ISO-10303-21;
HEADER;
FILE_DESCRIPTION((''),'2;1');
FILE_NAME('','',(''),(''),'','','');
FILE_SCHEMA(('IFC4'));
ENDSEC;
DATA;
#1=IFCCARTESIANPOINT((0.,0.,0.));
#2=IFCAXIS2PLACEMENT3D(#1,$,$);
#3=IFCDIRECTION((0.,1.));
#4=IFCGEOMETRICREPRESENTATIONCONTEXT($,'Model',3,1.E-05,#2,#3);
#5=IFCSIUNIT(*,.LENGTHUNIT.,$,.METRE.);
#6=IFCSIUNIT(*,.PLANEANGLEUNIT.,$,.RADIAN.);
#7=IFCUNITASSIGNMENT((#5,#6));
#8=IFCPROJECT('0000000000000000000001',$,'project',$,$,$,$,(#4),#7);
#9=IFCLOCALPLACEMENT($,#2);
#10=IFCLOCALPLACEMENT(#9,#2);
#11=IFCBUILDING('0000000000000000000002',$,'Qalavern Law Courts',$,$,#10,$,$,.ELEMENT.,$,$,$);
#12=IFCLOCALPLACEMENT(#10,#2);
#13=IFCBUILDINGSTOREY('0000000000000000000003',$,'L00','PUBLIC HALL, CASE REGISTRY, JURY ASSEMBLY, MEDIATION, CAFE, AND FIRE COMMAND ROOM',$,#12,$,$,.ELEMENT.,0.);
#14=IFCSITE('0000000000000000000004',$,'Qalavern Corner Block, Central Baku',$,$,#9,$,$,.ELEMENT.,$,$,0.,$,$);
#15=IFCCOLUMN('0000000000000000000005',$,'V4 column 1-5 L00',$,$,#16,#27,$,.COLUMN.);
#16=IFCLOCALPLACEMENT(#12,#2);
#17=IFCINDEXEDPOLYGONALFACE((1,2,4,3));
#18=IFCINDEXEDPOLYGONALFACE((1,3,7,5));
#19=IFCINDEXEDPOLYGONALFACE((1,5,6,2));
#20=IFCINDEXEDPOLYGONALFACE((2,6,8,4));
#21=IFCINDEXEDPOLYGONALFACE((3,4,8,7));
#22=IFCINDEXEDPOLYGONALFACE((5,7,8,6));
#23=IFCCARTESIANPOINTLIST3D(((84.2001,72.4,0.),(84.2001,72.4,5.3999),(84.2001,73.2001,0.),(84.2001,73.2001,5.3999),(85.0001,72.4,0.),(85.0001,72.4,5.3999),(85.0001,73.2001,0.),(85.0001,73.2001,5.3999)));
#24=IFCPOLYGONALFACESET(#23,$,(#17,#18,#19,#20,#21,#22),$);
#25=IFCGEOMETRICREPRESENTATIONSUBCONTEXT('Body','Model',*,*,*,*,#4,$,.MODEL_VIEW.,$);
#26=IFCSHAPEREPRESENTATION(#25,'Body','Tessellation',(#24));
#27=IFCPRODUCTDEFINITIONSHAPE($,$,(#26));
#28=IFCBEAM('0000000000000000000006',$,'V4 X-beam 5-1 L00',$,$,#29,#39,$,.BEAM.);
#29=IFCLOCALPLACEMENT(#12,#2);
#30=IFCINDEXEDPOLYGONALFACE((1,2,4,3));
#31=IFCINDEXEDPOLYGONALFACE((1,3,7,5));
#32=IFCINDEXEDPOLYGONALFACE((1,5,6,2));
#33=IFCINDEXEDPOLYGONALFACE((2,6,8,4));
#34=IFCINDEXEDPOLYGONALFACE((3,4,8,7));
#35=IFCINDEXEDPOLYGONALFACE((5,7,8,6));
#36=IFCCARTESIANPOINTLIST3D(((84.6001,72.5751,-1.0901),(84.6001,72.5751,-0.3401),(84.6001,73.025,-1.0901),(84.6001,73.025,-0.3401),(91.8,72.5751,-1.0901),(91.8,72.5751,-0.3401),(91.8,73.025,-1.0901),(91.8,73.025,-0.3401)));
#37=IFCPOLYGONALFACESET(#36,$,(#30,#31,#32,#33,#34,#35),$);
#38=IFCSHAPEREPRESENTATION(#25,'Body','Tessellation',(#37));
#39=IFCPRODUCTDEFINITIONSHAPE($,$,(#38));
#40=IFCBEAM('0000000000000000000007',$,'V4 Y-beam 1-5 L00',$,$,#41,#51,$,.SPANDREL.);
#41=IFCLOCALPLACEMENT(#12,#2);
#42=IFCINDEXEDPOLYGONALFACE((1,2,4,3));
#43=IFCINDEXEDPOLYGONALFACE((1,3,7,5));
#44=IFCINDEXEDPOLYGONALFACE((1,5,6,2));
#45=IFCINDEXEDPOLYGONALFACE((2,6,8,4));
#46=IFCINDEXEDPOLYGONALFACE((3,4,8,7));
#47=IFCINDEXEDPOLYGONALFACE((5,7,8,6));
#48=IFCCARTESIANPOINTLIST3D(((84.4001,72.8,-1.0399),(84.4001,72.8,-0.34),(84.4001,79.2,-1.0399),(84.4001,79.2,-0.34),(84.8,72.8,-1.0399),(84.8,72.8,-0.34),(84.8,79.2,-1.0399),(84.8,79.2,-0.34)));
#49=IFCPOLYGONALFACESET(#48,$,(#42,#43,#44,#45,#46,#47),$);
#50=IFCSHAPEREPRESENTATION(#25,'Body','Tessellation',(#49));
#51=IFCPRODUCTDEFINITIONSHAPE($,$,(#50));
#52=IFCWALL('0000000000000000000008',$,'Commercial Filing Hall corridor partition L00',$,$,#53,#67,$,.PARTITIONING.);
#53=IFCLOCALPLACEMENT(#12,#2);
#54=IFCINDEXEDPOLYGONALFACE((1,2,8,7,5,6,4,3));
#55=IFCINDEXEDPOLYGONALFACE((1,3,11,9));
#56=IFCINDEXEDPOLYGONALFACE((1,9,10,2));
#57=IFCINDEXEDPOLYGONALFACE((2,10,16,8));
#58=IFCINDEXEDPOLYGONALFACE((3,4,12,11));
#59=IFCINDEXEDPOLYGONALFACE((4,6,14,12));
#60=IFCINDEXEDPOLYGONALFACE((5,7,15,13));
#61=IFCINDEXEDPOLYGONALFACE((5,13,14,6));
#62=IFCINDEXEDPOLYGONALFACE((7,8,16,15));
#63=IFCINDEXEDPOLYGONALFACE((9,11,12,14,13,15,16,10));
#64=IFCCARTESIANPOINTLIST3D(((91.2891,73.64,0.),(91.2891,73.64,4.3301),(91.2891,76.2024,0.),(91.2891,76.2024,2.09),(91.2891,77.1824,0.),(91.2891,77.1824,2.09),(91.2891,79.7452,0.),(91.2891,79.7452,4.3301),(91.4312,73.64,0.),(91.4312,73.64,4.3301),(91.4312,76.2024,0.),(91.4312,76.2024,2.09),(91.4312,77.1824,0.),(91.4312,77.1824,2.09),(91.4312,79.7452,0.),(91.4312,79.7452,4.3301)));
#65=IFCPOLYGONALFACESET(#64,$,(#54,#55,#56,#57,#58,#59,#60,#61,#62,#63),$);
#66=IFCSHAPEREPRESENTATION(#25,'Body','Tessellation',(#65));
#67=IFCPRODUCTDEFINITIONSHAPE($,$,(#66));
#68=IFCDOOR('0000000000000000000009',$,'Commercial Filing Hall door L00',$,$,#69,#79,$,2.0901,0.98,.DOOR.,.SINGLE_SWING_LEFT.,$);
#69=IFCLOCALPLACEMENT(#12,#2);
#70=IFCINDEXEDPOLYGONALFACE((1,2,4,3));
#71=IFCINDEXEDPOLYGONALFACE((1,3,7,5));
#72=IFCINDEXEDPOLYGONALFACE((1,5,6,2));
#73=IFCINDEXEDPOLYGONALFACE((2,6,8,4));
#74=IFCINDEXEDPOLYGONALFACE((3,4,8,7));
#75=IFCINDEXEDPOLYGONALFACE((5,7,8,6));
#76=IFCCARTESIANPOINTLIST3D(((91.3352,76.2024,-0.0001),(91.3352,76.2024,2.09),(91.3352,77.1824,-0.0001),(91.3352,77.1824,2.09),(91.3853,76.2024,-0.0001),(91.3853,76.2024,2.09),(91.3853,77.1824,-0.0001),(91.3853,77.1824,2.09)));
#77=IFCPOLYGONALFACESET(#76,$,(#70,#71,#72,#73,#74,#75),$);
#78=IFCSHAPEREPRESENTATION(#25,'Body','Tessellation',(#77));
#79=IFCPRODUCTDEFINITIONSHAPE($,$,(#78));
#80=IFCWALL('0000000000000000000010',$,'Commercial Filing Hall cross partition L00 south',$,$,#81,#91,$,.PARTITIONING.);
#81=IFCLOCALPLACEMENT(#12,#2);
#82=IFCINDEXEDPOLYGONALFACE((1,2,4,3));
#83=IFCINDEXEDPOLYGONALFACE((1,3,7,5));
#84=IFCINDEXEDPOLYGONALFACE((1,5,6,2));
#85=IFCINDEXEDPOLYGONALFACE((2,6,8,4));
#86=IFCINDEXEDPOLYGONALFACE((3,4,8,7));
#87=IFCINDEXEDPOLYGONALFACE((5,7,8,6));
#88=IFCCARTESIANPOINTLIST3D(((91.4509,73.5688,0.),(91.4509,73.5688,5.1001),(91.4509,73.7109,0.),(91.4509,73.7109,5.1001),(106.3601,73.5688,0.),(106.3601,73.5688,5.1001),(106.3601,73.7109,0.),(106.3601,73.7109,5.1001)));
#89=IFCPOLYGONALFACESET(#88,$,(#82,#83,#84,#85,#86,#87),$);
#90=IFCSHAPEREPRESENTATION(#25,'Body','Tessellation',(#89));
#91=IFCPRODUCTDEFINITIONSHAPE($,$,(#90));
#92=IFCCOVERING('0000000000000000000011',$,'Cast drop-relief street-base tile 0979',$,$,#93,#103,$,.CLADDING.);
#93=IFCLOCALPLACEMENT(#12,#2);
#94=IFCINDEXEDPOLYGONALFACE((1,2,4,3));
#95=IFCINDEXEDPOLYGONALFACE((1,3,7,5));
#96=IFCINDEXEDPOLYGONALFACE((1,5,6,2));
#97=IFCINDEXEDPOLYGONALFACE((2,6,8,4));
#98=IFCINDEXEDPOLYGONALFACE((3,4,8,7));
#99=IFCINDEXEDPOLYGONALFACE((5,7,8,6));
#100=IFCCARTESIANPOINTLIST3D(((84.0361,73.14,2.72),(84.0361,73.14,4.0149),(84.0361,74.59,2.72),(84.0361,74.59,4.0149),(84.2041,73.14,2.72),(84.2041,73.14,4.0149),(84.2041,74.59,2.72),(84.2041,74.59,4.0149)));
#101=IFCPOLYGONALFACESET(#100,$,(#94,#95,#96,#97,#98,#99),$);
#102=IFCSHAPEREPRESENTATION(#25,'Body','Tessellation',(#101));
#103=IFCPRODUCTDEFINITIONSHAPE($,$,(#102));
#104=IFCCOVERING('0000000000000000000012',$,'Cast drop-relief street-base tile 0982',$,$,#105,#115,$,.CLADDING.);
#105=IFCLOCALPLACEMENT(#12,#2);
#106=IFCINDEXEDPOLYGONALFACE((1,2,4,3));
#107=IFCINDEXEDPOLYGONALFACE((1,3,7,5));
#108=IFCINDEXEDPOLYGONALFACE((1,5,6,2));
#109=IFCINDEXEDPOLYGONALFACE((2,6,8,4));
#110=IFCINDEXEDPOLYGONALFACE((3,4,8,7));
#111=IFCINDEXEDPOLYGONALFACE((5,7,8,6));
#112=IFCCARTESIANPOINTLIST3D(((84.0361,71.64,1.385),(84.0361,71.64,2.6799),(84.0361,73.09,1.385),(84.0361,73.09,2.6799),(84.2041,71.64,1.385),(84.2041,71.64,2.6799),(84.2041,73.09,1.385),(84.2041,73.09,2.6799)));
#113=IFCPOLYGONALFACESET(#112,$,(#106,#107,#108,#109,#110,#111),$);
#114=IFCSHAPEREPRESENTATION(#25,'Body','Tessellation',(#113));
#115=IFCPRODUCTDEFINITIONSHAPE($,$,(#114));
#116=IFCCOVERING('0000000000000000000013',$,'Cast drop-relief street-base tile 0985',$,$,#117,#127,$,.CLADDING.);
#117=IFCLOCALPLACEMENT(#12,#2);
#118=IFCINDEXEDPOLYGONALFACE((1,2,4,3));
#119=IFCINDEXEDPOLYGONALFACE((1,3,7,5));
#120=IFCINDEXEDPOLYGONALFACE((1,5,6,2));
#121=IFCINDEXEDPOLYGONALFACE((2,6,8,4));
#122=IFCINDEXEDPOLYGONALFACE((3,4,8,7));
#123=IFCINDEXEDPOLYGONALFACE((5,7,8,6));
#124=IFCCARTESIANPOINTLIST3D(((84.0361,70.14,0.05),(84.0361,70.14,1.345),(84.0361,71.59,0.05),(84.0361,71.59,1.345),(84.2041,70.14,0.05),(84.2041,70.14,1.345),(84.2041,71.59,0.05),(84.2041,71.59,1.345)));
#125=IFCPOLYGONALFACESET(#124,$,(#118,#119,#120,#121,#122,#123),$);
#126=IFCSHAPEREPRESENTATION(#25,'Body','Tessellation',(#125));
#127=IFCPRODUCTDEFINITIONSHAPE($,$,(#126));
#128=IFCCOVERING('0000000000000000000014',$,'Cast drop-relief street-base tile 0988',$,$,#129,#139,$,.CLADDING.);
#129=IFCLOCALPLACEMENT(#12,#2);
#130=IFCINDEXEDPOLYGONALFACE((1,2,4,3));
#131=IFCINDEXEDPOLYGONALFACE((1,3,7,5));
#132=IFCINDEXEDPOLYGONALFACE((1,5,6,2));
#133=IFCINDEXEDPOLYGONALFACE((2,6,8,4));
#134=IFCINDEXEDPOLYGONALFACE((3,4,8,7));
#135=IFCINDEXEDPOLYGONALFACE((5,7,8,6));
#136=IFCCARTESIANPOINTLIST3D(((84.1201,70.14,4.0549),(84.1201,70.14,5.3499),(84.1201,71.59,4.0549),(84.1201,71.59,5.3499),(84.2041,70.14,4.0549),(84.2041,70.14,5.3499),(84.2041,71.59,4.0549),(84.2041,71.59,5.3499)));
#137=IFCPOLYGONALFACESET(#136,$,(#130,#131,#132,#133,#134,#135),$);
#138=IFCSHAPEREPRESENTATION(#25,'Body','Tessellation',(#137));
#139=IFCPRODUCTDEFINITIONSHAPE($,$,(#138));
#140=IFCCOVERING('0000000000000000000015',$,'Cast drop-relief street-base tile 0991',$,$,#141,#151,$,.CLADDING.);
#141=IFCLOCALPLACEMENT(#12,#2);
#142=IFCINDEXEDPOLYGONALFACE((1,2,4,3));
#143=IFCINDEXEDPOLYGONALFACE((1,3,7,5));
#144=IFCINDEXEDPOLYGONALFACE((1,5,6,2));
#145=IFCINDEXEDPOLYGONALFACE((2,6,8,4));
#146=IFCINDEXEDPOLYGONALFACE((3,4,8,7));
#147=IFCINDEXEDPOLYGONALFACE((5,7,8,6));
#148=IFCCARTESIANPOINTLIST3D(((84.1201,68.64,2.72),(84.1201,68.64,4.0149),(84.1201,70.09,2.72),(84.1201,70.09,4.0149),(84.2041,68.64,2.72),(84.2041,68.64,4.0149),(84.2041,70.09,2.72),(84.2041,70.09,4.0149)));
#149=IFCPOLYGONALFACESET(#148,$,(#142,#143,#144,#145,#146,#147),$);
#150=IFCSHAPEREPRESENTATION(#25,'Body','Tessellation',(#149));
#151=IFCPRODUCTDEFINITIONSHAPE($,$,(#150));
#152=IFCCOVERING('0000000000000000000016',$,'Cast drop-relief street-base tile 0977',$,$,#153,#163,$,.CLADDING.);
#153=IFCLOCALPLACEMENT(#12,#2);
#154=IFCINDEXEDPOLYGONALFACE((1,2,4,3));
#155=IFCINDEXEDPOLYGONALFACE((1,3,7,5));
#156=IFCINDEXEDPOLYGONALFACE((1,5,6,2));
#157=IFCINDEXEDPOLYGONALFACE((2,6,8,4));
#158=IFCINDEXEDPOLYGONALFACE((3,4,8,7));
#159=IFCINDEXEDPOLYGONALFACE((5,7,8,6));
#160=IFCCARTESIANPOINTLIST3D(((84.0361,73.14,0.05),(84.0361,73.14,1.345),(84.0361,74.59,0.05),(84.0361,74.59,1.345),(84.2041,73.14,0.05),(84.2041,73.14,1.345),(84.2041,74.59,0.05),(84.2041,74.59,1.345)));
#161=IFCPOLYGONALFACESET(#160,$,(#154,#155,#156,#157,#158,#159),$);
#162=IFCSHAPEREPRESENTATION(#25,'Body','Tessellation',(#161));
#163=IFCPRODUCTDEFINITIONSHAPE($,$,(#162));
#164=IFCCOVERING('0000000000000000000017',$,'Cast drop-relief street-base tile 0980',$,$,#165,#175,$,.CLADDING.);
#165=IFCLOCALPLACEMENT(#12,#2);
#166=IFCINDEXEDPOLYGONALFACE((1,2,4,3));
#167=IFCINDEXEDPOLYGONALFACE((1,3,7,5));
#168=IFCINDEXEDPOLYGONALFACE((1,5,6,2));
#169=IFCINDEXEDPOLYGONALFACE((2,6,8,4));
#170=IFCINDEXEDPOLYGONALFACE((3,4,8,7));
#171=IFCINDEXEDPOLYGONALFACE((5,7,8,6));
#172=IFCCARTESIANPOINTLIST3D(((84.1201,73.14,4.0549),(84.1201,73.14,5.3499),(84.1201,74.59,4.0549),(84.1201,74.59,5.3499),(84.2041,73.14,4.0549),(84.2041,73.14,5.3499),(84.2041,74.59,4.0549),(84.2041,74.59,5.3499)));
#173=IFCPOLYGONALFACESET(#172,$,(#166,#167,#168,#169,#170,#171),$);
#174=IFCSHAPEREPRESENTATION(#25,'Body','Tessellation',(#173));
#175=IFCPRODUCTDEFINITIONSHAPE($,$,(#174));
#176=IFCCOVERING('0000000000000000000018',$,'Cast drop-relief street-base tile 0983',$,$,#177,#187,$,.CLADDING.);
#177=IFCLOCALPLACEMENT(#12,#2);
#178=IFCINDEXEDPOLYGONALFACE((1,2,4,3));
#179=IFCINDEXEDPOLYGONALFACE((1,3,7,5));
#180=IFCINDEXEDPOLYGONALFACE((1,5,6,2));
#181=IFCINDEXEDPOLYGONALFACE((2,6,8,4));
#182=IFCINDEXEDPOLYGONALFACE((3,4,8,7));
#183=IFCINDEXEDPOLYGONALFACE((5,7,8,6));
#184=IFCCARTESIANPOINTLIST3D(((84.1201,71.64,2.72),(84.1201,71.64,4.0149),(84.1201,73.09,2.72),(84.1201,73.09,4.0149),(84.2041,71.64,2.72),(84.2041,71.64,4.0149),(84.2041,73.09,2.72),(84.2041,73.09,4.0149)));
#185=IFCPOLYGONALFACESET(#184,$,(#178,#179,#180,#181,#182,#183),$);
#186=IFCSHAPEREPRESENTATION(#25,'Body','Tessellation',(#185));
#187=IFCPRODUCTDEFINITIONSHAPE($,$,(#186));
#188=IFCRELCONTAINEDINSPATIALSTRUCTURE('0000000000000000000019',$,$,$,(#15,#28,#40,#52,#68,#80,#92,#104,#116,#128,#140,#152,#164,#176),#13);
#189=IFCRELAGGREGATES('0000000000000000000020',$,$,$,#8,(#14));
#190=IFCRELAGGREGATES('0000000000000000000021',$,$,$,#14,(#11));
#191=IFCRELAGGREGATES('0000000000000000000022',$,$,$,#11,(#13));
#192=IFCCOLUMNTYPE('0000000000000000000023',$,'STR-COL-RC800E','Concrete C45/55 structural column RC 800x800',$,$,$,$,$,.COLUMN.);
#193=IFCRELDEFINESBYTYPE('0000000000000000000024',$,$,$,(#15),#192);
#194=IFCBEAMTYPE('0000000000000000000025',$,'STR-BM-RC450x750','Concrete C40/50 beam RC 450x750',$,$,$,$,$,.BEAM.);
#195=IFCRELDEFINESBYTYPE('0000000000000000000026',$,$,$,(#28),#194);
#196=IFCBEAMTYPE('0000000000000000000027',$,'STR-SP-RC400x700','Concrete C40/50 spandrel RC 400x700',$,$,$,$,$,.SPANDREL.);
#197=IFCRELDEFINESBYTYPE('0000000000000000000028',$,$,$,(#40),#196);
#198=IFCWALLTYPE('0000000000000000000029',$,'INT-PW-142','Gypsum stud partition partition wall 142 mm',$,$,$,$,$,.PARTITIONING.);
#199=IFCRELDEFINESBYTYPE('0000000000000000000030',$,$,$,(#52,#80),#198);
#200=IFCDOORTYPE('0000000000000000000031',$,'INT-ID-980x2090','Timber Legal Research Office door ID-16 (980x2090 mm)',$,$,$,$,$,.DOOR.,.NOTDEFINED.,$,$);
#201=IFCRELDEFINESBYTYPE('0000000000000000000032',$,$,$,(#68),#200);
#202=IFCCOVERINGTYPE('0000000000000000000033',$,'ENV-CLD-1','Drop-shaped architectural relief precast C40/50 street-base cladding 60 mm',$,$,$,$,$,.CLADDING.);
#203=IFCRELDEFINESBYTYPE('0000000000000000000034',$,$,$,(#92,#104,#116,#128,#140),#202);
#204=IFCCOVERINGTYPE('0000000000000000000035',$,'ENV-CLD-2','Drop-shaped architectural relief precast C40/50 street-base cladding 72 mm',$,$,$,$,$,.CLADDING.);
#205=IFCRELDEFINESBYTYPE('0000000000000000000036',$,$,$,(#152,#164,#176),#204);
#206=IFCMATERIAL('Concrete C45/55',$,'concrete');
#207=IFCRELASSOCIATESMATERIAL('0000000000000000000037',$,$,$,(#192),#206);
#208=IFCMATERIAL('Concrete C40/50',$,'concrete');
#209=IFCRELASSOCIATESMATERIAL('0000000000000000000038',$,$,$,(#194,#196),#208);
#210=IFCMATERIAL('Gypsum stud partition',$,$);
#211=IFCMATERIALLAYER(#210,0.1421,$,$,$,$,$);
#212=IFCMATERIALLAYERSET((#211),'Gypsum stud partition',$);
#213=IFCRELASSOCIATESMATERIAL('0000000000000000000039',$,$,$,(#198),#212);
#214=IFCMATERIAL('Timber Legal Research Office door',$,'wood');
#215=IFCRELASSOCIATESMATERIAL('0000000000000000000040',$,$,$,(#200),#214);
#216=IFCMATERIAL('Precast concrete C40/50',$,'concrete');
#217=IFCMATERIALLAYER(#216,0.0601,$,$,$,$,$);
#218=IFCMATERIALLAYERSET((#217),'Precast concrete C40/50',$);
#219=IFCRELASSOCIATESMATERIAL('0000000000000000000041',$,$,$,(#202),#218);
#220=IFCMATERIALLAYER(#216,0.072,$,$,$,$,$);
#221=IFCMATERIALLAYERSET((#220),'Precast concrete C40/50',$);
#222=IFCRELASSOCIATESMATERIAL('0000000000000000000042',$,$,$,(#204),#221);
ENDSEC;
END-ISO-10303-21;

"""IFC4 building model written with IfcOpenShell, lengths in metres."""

from ifc_helpers import new_model, si_unit, direction, frame, frame_2d, origin, origin_2d, place, context, subcontext, project, spatial, rectangle, extrude, material, layer, layer_set, material_profile, profile_set, type_object, element, fill, save


model = new_model("IFC4")

# Units and contexts
model_context = context("Model", 3, precision=1e-05, world=origin(), true_north=direction((0.0, 1.0)))
body_context = subcontext(model_context, "Body", "Model", "MODEL_VIEW")
ifc_project = project(units=[si_unit("LENGTHUNIT", "METRE"), si_unit("PLANEANGLEUNIT", "RADIAN")], contexts=[model_context])

# Site, building, storey
site_placement = place(None, origin())
site = spatial("IfcSite", under=ifc_project, at=site_placement, Name="Qalavern Corner Block, Central Baku", CompositionType="ELEMENT", RefElevation=0.0)
building_placement = place(site_placement, origin())
building = spatial("IfcBuilding", under=site, at=building_placement, Name="Qalavern Law Courts", CompositionType="ELEMENT")
storey_placement = place(building_placement, origin())
storey = spatial("IfcBuildingStorey", under=building, at=storey_placement, Name="L00", Description="PUBLIC HALL, CASE REGISTRY, JURY ASSEMBLY, MEDIATION, CAFE, AND FIRE COMMAND ROOM", CompositionType="ELEMENT", Elevation=0.0)

# Column
ifc_material_1 = material(Name="Concrete C45/55", Category="concrete")
ifc_material_profile_1 = material_profile(ifc_material_1, rectangle(XDim=0.8, YDim=0.8, at=origin_2d()), Name="RC 800x800")
ifc_profile_set_1 = profile_set([ifc_material_profile_1], Name="Concrete C45/55")
column_type = type_object("IfcColumnType", Name="STR-COL-RC800E", Description="Concrete C45/55 structural column RC 800x800", PredefinedType="COLUMN", material=ifc_profile_set_1)
column_placement = place(storey_placement, frame((84.6001, 72.8, 0.0), z_axis=(0.0, 0.0, 1.0), x_axis=(1.0, 0.0, 0.0)))
element("IfcColumn", 1, at=column_placement, inside=storey, type_object=column_type, Name="V4 column 1-5 L00", PredefinedType="COLUMN", context=body_context, shape_type="SweptSolid", body=[
    extrude(rectangle(XDim=0.8, YDim=0.8, at=origin_2d()), origin(), (0.0, 0.0, 1.0), 5.3999),
])

# Beams
ifc_material_2 = material(Name="Concrete C40/50", Category="concrete")
ifc_material_profile_2 = material_profile(ifc_material_2, rectangle(XDim=0.45, YDim=0.75, at=origin_2d()), Name="RC 450x750")
ifc_profile_set_2 = profile_set([ifc_material_profile_2], Name="Concrete C40/50")
beam_type_1 = type_object("IfcBeamType", Name="STR-BM-RC450x750", Description="Concrete C40/50 beam RC 450x750", PredefinedType="BEAM", material=ifc_profile_set_2)
beam_1_placement = place(storey_placement, frame((84.6001, 72.8, -0.7151), z_axis=(1.0, 0.0, 0.0), x_axis=(0.0, 1.0, 0.0)))
element("IfcBeam", 2, at=beam_1_placement, inside=storey, type_object=beam_type_1, Name="V4 X-beam 5-1 L00", PredefinedType="BEAM", context=body_context, shape_type="SweptSolid", body=[
    extrude(rectangle(XDim=0.45, YDim=0.75, at=origin_2d()), origin(), (0.0, 0.0, 1.0), 7.2),
])
ifc_material_profile_3 = material_profile(ifc_material_2, rectangle(XDim=0.3999, YDim=0.7, at=origin_2d()), Name="RC 400x700")
ifc_profile_set_3 = profile_set([ifc_material_profile_3], Name="Concrete C40/50")
beam_type_2 = type_object("IfcBeamType", Name="STR-SP-RC400x700", Description="Concrete C40/50 spandrel RC 400x700", PredefinedType="SPANDREL", material=ifc_profile_set_3)
beam_2_placement = place(storey_placement, frame((84.6001, 72.8, -0.6899), z_axis=(0.0, 1.0, 0.0), x_axis=(-1.0, 0.0, 0.0)))
element("IfcBeam", 3, at=beam_2_placement, inside=storey, type_object=beam_type_2, Name="V4 Y-beam 1-5 L00", PredefinedType="SPANDREL", context=body_context, shape_type="SweptSolid", body=[
    extrude(rectangle(XDim=0.3999, YDim=0.7, at=origin_2d()), origin(), (0.0, 0.0, 1.0), 6.3999),
])

# Wall, opening, door
ifc_material_3 = material(Name="Gypsum stud partition")
ifc_layer_1 = layer(ifc_material_3, 0.1421)
ifc_layer_set_1 = layer_set([ifc_layer_1], Name="Gypsum stud partition")
wall_type = type_object("IfcWallType", Name="INT-PW-142", Description="Gypsum stud partition partition wall 142 mm", PredefinedType="PARTITIONING", material=ifc_layer_set_1)
wall_1_placement = place(storey_placement, frame((91.3601, 73.6399, 0.0), z_axis=(0.0, 0.0, 1.0), x_axis=(0.0, 1.0, 0.0)))
wall_1 = element("IfcWall", 4, at=wall_1_placement, inside=storey, type_object=wall_type, Name="Commercial Filing Hall corridor partition L00", PredefinedType="PARTITIONING", context=body_context, shape_type="SweptSolid", body=[
    extrude(rectangle(XDim=6.1052, YDim=0.1421, at=frame_2d((3.0527, 0.0))), origin(), (0.0, 0.0, 1.0), 4.3301),
])
opening_placement = place(wall_1_placement, frame((2.5625, 0.0, 0.0)))
opening = element("IfcOpeningElement", 5, at=opening_placement, cuts=wall_1, PredefinedType="OPENING", context=body_context, shape_type="SweptSolid", body=[
    extrude(rectangle(XDim=0.98, YDim=2.0901, at=frame_2d((0.49, 1.0449))), frame((0.0, 0.0859, 0.0), z_axis=(0.0, -1.0, 0.0), x_axis=(1.0, 0.0, 0.0)), (0.0, 0.0, 1.0), 0.1719),
])
ifc_material_4 = material(Name="Timber Legal Research Office door", Category="wood")
door_type = type_object("IfcDoorType", Name="INT-ID-980x2090", Description="Timber Legal Research Office door ID-16 (980x2090 mm)", OperationType="NOTDEFINED", PredefinedType="DOOR", material=ifc_material_4)
door_placement = place(opening_placement, origin())
door = element("IfcDoor", 6, at=door_placement, inside=storey, type_object=door_type, Name="Commercial Filing Hall door L00", OperationType="SINGLE_SWING_LEFT", OverallHeight=2.0901, OverallWidth=0.98, PredefinedType="DOOR", context=body_context, shape_type="SweptSolid", body=[
    extrude(rectangle(XDim=0.98, YDim=2.0901, at=frame_2d((0.49, 1.0449))), frame((0.0, 0.0249, 0.0), z_axis=(0.0, -1.0, 0.0), x_axis=(1.0, 0.0, 0.0)), (0.0, 0.0, 1.0), 0.05),
])
fill(opening, door)

# Wall
wall_2_placement = place(storey_placement, frame((91.4509, 73.6399, 0.0), z_axis=(0.0, 0.0, 1.0), x_axis=(1.0, 0.0, 0.0)))
element("IfcWall", 7, at=wall_2_placement, inside=storey, type_object=wall_type, Name="Commercial Filing Hall cross partition L00 south", PredefinedType="PARTITIONING", context=body_context, shape_type="SweptSolid", body=[
    extrude(rectangle(XDim=14.9092, YDim=0.1421, at=frame_2d((7.4546, 0.0))), origin(), (0.0, 0.0, 1.0), 5.1001),
])

# Coverings
ifc_material_5 = material(Name="Precast concrete C40/50", Category="concrete")
ifc_layer_2 = layer(ifc_material_5, 0.0601)
ifc_layer_set_2 = layer_set([ifc_layer_2], Name="Precast concrete C40/50")
covering_type_1 = type_object("IfcCoveringType", Name="ENV-CLD-1", Description="Drop-shaped architectural relief precast C40/50 street-base cladding 60 mm", PredefinedType="CLADDING", material=ifc_layer_set_2)
for number, where, z_axis, x_axis, name in (
    (8, (84.1201, 73.865, 2.72), (0.0, 0.0, 1.0), (0.0, -1.0, 0.0), "Cast drop-relief street-base tile 0979"),
    (9, (84.1201, 72.365, 1.385), (0.0, 0.0, 1.0), (0.0, -1.0, 0.0), "Cast drop-relief street-base tile 0982"),
    (10, (84.1201, 70.865, 0.05), (0.0, 0.0, 1.0), (0.0, -1.0, 0.0), "Cast drop-relief street-base tile 0985"),
):
    element("IfcCovering", number, at=place(storey_placement, frame(where, z_axis=z_axis, x_axis=x_axis)), inside=storey, type_object=covering_type_1, Name=name, PredefinedType="CLADDING", context=body_context, shape_type="SweptSolid", body=[
        extrude(rectangle(XDim=1.45, YDim=0.168, at=origin_2d()), origin(), (0.0, 0.0, 1.0), 1.2949),
    ])
for number, where, z_axis, x_axis, name in (
    (11, (84.1621, 70.865, 4.0549), (0.0, 0.0, 1.0), (0.0, -1.0, 0.0), "Cast drop-relief street-base tile 0988"),
    (12, (84.1621, 69.365, 2.72), (0.0, 0.0, 1.0), (0.0, -1.0, 0.0), "Cast drop-relief street-base tile 0991"),
):
    element("IfcCovering", number, at=place(storey_placement, frame(where, z_axis=z_axis, x_axis=x_axis)), inside=storey, type_object=covering_type_1, Name=name, PredefinedType="CLADDING", context=body_context, shape_type="SweptSolid", body=[
        extrude(rectangle(XDim=1.45, YDim=0.084, at=origin_2d()), origin(), (0.0, 0.0, 1.0), 1.2949),
    ])
ifc_layer_3 = layer(ifc_material_5, 0.072)
ifc_layer_set_3 = layer_set([ifc_layer_3], Name="Precast concrete C40/50")
covering_type_2 = type_object("IfcCoveringType", Name="ENV-CLD-2", Description="Drop-shaped architectural relief precast C40/50 street-base cladding 72 mm", PredefinedType="CLADDING", material=ifc_layer_set_3)
covering_placement = place(storey_placement, frame((84.1201, 73.865, 0.05), z_axis=(0.0, 0.0, 1.0), x_axis=(0.0, -1.0, 0.0)))
element("IfcCovering", 13, at=covering_placement, inside=storey, type_object=covering_type_2, Name="Cast drop-relief street-base tile 0977", PredefinedType="CLADDING", context=body_context, shape_type="SweptSolid", body=[
    extrude(rectangle(XDim=1.45, YDim=0.168, at=origin_2d()), origin(), (0.0, 0.0, 1.0), 1.2949),
])
for number, where, z_axis, x_axis, name in (
    (14, (84.1621, 73.865, 4.0549), (0.0, 0.0, 1.0), (0.0, -1.0, 0.0), "Cast drop-relief street-base tile 0980"),
    (15, (84.1621, 72.365, 2.72), (0.0, 0.0, 1.0), (0.0, -1.0, 0.0), "Cast drop-relief street-base tile 0983"),
):
    element("IfcCovering", number, at=place(storey_placement, frame(where, z_axis=z_axis, x_axis=x_axis)), inside=storey, type_object=covering_type_2, Name=name, PredefinedType="CLADDING", context=body_context, shape_type="SweptSolid", body=[
        extrude(rectangle(XDim=1.45, YDim=0.084, at=origin_2d()), origin(), (0.0, 0.0, 1.0), 1.2949),
    ])

save(model, "model.ifc")
